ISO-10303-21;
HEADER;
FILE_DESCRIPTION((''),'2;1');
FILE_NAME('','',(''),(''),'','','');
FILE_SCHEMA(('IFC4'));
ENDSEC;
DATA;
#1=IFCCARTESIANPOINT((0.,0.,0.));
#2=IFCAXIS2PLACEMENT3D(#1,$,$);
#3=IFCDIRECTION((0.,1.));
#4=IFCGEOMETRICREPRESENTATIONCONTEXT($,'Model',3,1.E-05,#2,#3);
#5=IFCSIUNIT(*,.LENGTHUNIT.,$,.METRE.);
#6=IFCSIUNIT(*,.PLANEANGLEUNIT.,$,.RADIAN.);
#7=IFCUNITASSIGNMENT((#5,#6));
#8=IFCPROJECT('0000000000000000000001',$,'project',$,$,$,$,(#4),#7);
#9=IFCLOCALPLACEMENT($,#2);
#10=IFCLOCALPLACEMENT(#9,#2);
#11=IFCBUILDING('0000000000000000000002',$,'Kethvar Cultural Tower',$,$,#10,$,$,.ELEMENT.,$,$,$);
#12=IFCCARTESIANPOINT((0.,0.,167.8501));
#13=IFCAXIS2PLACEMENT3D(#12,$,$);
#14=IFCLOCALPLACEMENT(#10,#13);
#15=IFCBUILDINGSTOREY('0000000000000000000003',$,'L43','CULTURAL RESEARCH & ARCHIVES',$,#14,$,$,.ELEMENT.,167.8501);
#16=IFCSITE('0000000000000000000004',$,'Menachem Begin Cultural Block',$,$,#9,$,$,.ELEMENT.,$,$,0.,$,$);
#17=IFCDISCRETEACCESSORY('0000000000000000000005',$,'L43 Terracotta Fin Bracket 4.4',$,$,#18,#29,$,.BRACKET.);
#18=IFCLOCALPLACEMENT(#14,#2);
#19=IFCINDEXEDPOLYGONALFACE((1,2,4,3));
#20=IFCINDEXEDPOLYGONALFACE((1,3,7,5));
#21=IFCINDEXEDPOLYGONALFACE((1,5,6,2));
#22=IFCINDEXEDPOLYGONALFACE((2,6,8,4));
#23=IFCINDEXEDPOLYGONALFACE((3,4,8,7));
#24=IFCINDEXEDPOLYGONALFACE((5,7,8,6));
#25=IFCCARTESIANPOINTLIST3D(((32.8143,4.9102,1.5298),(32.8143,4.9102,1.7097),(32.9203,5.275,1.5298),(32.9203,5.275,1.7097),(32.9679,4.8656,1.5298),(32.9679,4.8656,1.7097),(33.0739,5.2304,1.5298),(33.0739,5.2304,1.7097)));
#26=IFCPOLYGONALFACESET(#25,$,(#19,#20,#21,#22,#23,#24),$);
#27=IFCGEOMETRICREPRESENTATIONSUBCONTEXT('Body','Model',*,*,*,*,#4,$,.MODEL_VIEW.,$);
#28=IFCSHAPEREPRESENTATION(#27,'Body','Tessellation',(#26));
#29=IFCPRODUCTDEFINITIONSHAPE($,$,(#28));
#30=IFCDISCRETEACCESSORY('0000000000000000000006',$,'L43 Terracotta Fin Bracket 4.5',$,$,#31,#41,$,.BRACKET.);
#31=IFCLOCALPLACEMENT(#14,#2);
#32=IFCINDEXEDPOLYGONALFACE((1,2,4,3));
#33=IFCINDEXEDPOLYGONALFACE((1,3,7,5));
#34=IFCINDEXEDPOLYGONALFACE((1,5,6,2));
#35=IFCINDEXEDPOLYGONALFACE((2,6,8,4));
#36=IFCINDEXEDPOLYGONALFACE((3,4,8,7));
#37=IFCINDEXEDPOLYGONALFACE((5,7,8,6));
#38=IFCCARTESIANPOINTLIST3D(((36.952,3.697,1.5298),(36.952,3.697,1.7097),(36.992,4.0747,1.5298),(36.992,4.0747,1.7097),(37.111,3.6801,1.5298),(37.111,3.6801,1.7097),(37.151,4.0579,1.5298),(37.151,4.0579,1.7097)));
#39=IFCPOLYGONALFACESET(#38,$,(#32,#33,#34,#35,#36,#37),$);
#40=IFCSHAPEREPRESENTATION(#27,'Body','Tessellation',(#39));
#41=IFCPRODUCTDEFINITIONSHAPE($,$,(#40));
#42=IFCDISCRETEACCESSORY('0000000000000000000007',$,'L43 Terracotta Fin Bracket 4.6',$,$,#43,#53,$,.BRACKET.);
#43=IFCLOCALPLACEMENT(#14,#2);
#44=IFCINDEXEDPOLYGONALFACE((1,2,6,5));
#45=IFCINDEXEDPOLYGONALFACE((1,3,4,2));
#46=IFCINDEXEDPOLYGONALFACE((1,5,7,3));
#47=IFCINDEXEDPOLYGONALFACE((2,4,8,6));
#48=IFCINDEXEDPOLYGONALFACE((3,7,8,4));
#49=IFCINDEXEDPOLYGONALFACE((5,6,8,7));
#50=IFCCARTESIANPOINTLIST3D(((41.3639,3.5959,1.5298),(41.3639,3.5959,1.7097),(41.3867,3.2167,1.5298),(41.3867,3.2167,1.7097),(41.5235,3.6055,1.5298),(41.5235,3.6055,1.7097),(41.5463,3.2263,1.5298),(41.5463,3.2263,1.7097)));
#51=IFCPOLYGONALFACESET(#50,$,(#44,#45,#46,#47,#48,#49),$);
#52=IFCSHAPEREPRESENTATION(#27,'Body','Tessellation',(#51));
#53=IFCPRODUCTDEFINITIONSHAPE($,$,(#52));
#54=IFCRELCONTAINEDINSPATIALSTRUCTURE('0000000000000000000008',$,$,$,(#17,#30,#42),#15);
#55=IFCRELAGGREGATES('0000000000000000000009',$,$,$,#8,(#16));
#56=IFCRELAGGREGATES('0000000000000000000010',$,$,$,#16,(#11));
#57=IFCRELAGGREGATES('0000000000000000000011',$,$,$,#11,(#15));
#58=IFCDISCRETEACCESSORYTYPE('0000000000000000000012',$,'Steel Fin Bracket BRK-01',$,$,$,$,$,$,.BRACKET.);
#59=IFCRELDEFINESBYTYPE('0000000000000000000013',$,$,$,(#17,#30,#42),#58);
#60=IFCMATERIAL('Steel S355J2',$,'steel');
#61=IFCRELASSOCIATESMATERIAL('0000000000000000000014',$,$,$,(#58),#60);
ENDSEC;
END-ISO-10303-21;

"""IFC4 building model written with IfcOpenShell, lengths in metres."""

from ifc_helpers import new_model, si_unit, direction, frame, origin, origin_2d, place, context, subcontext, project, spatial, rectangle, extrude, source, transform, mapped, material, type_object, element, save


model = new_model("IFC4")

# Units and contexts
model_context = context("Model", 3, precision=1e-05, world=origin(), true_north=direction((0.0, 1.0)))
body_context = subcontext(model_context, "Body", "Model", "MODEL_VIEW")
ifc_project = project(units=[si_unit("LENGTHUNIT", "METRE"), si_unit("PLANEANGLEUNIT", "RADIAN")], contexts=[model_context])

# Site, building, storey
site_placement = place(None, origin())
site = spatial("IfcSite", under=ifc_project, at=site_placement, Name="Menachem Begin Cultural Block", CompositionType="ELEMENT", RefElevation=0.0)
building_placement = place(site_placement, origin())
building = spatial("IfcBuilding", under=site, at=building_placement, Name="Kethvar Cultural Tower", CompositionType="ELEMENT")
storey_placement = place(building_placement, frame((0.0, 0.0, 167.8501)))
storey = spatial("IfcBuildingStorey", under=building, at=storey_placement, Name="L43", Description="CULTURAL RESEARCH & ARCHIVES", CompositionType="ELEMENT", Elevation=167.8501)

# Shared definitions
ifc_material_1 = material(Name="Steel S355J2", Category="steel")

# Discrete accessories
discrete_accessory_type = type_object("IfcDiscreteAccessoryType", Name="Steel Fin Bracket BRK-01", PredefinedType="BRACKET", material=ifc_material_1)
shared_shape_1 = source(origin(), body_context, "Body", "SweptSolid", [
    extrude(rectangle(XDim=0.3799, YDim=0.1599, at=origin_2d()), origin(), (0.0, 0.0, 1.0), 0.1799),
])
for number, where, z_axis, x_axis, name in (
    (1, (32.9441, 5.0703, 1.5298), (0.0, 0.0, 1.0), (-0.278991, -0.960294, 0.0), "L43 Terracotta Fin Bracket 4.4"),
    (2, (37.0515, 3.8774, 1.5298), (0.0, 0.0, 1.0), (-0.105223, -0.994449, 0.0), "L43 Terracotta Fin Bracket 4.5"),
    (3, (41.4551, 3.4111, 1.5298), (0.0, 0.0, 1.0), (0.060003, -0.998198, 0.0), "L43 Terracotta Fin Bracket 4.6"),
):
    element("IfcDiscreteAccessory", number, at=place(storey_placement, frame(where, z_axis=z_axis, x_axis=x_axis)), inside=storey, type_object=discrete_accessory_type, Name=name, PredefinedType="BRACKET", context=body_context, shape_type="MappedRepresentation", body=[
        mapped(shared_shape_1, transform((0.0, 0.0, 0.0), scale=1.0)),
    ])

save(model, "model.ifc")
